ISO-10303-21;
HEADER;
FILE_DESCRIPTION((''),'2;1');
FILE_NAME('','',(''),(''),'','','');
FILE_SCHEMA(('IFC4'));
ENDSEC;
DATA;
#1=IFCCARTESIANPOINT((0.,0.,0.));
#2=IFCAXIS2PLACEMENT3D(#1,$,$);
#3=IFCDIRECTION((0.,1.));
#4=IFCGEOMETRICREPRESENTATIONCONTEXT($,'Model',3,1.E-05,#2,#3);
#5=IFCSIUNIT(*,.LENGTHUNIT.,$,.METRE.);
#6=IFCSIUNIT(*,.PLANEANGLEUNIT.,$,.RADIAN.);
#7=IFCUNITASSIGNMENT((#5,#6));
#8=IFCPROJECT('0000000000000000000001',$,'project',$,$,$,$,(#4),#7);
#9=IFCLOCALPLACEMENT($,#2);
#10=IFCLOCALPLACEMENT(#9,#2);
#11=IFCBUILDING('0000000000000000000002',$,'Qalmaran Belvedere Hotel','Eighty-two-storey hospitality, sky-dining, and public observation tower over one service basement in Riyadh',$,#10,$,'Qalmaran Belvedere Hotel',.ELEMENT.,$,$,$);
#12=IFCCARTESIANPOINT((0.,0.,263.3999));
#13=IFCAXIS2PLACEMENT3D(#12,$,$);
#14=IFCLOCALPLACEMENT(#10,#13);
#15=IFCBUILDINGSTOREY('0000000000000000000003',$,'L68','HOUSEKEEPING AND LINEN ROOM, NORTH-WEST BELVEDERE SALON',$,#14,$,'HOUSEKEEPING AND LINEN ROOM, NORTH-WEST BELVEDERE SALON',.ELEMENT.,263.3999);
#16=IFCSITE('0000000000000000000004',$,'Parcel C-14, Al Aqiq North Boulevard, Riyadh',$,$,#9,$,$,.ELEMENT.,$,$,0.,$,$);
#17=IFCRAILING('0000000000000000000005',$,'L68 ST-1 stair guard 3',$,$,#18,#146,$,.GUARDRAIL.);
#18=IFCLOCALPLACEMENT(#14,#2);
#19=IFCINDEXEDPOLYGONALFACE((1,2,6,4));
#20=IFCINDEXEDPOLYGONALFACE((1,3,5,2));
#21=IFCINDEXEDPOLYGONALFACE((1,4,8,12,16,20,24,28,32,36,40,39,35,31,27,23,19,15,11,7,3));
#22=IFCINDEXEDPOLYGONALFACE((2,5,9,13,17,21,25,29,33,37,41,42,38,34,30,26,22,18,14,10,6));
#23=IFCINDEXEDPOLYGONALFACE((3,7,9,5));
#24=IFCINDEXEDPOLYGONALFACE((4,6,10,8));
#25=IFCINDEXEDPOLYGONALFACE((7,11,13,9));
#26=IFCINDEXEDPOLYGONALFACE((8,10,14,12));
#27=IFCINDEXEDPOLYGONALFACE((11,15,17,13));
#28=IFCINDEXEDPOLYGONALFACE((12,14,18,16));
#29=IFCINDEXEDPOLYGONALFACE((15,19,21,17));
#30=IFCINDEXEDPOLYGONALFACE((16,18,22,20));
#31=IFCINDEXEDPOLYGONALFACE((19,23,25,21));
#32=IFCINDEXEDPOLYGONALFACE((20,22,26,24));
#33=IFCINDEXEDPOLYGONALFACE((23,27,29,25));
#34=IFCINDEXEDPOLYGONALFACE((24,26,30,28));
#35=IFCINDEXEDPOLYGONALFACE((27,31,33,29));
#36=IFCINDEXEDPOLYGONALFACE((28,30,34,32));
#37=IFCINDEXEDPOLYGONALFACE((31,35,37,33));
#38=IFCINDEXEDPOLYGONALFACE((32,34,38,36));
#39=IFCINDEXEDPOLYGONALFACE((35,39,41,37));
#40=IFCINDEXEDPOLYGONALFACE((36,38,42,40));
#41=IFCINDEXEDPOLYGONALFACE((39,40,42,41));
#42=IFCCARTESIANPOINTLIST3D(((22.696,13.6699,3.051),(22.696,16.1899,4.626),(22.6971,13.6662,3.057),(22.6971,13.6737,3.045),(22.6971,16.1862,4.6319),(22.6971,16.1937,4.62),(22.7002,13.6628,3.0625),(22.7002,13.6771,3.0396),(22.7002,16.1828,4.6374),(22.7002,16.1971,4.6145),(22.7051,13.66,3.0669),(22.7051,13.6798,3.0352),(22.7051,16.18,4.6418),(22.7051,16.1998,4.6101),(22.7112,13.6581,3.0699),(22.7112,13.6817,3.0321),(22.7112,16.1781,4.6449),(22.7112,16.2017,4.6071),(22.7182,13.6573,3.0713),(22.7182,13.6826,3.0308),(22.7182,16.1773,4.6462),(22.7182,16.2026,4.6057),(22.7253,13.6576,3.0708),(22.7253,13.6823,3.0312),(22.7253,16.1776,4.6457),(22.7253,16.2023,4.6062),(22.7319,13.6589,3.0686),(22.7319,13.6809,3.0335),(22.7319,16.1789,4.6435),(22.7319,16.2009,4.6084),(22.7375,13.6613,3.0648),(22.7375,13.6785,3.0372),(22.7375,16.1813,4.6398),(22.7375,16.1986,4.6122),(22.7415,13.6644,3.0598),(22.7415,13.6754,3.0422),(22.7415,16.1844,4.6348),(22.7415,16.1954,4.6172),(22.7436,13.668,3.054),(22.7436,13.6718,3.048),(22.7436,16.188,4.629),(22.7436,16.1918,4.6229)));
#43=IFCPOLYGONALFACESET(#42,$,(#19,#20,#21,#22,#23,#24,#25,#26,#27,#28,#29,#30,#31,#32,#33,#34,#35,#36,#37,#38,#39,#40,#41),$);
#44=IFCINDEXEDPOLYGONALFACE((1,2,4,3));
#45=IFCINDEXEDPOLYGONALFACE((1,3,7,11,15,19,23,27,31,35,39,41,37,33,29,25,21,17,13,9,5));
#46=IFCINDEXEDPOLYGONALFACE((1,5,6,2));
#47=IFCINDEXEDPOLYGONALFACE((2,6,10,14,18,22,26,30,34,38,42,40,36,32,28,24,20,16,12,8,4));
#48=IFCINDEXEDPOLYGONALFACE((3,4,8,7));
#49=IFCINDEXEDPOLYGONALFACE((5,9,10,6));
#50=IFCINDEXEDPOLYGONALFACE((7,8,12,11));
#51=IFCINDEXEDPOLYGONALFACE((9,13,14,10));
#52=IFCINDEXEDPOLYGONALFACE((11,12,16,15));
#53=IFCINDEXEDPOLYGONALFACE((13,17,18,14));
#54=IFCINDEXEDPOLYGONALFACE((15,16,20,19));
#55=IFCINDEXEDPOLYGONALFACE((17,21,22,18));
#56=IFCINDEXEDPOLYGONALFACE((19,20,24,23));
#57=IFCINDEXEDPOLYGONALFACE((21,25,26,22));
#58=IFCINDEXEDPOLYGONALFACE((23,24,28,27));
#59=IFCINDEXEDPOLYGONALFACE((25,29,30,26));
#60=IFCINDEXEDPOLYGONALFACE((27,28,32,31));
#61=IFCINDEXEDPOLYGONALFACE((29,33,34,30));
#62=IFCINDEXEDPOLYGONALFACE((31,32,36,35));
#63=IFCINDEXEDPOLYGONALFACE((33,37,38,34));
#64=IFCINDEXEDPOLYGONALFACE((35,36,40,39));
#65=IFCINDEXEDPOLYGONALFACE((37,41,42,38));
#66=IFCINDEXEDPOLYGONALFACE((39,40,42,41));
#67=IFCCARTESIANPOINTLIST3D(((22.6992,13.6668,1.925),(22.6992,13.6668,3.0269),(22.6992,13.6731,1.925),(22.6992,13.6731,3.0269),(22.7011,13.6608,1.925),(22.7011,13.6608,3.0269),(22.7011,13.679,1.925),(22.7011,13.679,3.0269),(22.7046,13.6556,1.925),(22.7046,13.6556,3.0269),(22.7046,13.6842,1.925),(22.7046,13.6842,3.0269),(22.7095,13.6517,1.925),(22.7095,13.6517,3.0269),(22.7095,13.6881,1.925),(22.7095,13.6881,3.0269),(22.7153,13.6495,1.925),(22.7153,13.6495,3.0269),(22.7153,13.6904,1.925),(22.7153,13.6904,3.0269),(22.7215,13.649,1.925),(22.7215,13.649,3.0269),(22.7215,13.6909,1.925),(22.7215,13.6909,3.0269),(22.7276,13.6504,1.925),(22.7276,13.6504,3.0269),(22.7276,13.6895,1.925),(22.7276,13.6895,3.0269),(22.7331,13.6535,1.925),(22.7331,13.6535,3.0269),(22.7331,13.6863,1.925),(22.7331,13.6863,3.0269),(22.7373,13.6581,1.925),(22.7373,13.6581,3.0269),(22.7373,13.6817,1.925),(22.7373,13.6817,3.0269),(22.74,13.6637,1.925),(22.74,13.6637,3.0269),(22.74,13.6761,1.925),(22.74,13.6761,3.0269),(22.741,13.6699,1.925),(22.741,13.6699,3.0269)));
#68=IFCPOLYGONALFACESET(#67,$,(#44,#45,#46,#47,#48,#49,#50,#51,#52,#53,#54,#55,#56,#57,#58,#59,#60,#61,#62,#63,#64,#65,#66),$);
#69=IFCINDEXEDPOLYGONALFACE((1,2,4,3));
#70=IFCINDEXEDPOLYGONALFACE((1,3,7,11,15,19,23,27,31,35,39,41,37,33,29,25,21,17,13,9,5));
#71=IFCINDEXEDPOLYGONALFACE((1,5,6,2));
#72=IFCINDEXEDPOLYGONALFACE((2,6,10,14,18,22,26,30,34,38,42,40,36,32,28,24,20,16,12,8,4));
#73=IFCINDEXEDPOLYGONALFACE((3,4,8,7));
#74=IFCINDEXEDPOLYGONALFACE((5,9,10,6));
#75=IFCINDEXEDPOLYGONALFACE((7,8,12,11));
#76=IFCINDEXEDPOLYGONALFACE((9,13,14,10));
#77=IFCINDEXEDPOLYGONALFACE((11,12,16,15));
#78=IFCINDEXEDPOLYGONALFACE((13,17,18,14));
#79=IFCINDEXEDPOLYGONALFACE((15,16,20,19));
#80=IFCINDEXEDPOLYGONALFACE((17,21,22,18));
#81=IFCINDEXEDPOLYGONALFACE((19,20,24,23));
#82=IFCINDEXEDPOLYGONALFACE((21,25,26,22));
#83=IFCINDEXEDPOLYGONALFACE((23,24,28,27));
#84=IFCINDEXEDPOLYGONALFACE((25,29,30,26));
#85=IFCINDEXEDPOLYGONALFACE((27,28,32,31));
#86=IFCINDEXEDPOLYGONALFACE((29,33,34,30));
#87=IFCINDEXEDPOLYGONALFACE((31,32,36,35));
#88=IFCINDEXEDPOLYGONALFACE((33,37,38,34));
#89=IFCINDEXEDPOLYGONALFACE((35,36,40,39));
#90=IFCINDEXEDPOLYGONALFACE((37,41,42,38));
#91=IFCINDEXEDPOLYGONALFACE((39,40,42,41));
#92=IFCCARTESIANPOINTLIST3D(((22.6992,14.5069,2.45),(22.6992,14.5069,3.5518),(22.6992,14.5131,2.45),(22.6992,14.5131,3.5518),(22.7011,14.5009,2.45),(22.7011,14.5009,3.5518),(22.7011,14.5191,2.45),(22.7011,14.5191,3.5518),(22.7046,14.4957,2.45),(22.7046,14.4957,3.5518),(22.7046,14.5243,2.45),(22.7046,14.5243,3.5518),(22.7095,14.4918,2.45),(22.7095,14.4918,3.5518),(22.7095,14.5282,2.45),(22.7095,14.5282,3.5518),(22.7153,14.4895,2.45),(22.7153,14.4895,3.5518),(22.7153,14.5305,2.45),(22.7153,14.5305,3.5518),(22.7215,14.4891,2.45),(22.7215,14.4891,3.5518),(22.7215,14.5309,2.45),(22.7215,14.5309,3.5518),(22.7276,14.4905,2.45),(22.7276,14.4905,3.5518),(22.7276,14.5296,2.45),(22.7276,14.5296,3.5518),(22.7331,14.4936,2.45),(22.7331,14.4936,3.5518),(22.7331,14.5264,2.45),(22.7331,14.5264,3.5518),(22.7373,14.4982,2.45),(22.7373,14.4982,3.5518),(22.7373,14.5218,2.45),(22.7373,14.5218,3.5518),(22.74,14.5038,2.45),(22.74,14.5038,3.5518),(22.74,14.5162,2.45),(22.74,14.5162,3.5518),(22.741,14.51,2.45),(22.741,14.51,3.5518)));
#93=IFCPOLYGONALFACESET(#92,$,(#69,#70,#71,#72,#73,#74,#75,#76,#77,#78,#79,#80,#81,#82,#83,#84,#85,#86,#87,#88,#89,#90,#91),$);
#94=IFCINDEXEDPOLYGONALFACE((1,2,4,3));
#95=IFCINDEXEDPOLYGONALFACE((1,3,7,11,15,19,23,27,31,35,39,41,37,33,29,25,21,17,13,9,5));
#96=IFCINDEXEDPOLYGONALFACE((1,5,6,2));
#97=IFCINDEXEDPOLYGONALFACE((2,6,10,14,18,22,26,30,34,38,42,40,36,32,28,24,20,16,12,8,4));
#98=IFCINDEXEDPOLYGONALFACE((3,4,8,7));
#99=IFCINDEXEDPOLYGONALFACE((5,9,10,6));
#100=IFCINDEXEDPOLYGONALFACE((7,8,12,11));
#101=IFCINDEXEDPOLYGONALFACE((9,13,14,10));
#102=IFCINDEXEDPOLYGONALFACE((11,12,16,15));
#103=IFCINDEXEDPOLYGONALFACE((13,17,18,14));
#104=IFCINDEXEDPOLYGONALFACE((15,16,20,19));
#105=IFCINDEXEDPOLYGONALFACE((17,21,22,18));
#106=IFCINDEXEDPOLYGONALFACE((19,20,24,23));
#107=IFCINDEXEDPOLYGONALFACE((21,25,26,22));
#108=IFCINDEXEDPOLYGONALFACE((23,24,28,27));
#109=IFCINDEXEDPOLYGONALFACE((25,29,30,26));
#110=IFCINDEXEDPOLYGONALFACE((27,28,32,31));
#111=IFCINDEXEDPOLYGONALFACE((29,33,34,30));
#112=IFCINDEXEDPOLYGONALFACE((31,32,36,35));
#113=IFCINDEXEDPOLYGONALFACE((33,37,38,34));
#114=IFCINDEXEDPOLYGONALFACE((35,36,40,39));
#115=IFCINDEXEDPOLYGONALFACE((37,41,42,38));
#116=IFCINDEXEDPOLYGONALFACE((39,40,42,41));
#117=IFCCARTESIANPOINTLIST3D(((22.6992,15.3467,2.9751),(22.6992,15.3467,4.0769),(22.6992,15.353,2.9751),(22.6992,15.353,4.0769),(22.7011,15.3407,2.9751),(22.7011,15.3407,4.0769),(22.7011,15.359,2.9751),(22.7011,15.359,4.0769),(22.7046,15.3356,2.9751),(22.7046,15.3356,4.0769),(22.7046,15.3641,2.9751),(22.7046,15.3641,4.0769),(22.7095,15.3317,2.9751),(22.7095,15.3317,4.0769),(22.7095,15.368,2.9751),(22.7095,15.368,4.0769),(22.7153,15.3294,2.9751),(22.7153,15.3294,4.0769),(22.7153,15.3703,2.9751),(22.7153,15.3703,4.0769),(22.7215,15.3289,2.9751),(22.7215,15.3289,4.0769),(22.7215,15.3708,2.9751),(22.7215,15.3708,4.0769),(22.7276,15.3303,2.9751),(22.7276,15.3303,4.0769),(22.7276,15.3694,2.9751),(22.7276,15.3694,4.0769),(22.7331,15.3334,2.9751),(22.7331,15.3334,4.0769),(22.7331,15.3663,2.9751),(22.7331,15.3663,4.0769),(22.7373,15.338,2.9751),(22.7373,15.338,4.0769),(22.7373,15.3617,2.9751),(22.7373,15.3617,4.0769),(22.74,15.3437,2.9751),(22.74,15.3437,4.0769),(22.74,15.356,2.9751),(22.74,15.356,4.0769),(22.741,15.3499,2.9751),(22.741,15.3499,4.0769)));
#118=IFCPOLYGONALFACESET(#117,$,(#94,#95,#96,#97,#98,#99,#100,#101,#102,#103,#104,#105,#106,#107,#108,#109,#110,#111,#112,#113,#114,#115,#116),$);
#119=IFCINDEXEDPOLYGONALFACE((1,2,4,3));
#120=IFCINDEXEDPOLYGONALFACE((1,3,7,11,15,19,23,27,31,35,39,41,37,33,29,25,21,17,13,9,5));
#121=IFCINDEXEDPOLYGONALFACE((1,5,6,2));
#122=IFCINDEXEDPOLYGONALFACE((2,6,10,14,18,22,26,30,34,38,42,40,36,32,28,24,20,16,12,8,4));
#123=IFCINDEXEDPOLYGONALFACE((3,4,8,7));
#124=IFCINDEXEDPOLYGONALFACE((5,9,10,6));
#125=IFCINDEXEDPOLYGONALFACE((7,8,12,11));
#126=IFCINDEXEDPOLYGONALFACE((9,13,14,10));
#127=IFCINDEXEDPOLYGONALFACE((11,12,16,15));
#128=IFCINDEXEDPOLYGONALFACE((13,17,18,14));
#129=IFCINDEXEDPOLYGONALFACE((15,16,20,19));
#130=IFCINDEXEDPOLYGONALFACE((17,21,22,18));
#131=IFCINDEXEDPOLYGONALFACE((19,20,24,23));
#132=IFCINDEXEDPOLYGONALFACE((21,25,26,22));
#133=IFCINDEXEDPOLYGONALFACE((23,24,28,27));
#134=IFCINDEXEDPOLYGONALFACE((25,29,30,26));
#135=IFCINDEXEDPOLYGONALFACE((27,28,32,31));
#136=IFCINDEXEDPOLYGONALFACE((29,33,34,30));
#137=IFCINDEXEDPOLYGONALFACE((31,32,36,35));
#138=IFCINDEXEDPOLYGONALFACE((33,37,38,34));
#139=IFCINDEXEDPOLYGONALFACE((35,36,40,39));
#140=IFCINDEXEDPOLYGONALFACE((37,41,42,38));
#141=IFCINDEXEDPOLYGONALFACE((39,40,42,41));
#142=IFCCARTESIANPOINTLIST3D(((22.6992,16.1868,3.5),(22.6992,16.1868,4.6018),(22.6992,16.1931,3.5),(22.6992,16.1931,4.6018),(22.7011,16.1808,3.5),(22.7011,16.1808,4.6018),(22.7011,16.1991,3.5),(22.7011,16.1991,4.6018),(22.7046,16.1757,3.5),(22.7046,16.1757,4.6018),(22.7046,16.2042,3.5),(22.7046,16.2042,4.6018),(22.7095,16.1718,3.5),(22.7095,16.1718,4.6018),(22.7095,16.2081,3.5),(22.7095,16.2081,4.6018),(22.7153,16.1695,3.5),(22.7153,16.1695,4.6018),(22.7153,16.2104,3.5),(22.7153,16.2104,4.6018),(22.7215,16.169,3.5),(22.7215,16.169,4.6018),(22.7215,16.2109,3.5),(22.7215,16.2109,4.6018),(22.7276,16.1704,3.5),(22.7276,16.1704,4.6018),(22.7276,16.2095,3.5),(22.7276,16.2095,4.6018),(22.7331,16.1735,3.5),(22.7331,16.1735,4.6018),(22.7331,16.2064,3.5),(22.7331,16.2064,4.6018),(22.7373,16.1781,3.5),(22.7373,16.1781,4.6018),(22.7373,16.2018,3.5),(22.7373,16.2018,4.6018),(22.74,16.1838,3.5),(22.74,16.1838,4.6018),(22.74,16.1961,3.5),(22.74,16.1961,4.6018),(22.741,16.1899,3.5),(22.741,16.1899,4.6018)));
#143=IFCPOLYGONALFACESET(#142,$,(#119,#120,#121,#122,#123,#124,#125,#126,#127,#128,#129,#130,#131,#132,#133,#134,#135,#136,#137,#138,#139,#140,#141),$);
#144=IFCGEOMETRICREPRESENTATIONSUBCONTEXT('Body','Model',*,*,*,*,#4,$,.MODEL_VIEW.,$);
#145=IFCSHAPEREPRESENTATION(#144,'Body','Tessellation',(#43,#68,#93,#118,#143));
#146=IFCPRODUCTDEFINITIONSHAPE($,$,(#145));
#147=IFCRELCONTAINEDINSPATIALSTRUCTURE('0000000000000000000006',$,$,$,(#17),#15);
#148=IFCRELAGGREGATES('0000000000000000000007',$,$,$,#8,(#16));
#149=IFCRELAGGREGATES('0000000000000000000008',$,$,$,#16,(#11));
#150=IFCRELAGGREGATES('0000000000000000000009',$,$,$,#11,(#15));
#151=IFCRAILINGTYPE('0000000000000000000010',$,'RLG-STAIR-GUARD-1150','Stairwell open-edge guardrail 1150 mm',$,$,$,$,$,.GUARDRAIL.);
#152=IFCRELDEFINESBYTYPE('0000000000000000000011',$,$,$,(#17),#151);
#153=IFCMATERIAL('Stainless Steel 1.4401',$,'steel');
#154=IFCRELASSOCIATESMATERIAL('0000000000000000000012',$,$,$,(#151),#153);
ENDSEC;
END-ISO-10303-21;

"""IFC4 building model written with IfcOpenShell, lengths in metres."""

from ifc_helpers import new_model, si_unit, direction, frame, origin, origin_2d, place, context, subcontext, project, spatial, circle, extrude, material, type_object, element, save


model = new_model("IFC4")

# Units and contexts
model_context = context("Model", 3, precision=1e-05, world=origin(), true_north=direction((0.0, 1.0)))
body_context = subcontext(model_context, "Body", "Model", "MODEL_VIEW")
ifc_project = project(units=[si_unit("LENGTHUNIT", "METRE"), si_unit("PLANEANGLEUNIT", "RADIAN")], contexts=[model_context])

# Site, building, storey
site_placement = place(None, origin())
site = spatial("IfcSite", under=ifc_project, at=site_placement, Name="Parcel C-14, Al Aqiq North Boulevard, Riyadh", CompositionType="ELEMENT", RefElevation=0.0)
building_placement = place(site_placement, origin())
building = spatial("IfcBuilding", under=site, at=building_placement, Name="Qalmaran Belvedere Hotel", Description="Eighty-two-storey hospitality, sky-dining, and public observation tower over one service basement in Riyadh", LongName="Qalmaran Belvedere Hotel", CompositionType="ELEMENT")
storey_placement = place(building_placement, frame((0.0, 0.0, 263.3999)))
storey = spatial("IfcBuildingStorey", under=building, at=storey_placement, Name="L68", Description="HOUSEKEEPING AND LINEN ROOM, NORTH-WEST BELVEDERE SALON", LongName="HOUSEKEEPING AND LINEN ROOM, NORTH-WEST BELVEDERE SALON", CompositionType="ELEMENT", Elevation=263.3999)

# Railing
ifc_material_1 = material(Name="Stainless Steel 1.4401", Category="steel")
railing_type_1 = type_object("IfcRailingType", Name="RLG-STAIR-GUARD-1150", Description="Stairwell open-edge guardrail 1150 mm", PredefinedType="GUARDRAIL", material=ifc_material_1)
railing_1_placement = place(storey_placement, frame((22.72, 13.6699, 1.925)))
element("IfcRailing", 1, at=railing_1_placement, inside=storey, type_object=railing_type_1, Name="L68 ST-1 stair guard 3", PredefinedType="GUARDRAIL", context=body_context, shape_type="SweptSolid", body=[
    extrude(circle(Radius=0.0239, at=origin_2d()), frame((0.0, 0.0, 1.126), z_axis=(0.0, 0.848008, 0.529984), x_axis=(-1.0, 0.0, 0.0)), (0.0, 0.0, 1.0), 2.9717),
    extrude(circle(Radius=0.021, at=origin_2d()), origin(), (0.0, 0.0, 1.0), 1.1018),
    extrude(circle(Radius=0.021, at=origin_2d()), frame((0.0, 0.8401, 0.5249)), (0.0, 0.0, 1.0), 1.1018),
    extrude(circle(Radius=0.021, at=origin_2d()), frame((0.0, 1.6799, 1.05)), (0.0, 0.0, 1.0), 1.1018),
    extrude(circle(Radius=0.021, at=origin_2d()), frame((0.0, 2.52, 1.575)), (0.0, 0.0, 1.0), 1.1018),
])

save(model, "model.ifc")
